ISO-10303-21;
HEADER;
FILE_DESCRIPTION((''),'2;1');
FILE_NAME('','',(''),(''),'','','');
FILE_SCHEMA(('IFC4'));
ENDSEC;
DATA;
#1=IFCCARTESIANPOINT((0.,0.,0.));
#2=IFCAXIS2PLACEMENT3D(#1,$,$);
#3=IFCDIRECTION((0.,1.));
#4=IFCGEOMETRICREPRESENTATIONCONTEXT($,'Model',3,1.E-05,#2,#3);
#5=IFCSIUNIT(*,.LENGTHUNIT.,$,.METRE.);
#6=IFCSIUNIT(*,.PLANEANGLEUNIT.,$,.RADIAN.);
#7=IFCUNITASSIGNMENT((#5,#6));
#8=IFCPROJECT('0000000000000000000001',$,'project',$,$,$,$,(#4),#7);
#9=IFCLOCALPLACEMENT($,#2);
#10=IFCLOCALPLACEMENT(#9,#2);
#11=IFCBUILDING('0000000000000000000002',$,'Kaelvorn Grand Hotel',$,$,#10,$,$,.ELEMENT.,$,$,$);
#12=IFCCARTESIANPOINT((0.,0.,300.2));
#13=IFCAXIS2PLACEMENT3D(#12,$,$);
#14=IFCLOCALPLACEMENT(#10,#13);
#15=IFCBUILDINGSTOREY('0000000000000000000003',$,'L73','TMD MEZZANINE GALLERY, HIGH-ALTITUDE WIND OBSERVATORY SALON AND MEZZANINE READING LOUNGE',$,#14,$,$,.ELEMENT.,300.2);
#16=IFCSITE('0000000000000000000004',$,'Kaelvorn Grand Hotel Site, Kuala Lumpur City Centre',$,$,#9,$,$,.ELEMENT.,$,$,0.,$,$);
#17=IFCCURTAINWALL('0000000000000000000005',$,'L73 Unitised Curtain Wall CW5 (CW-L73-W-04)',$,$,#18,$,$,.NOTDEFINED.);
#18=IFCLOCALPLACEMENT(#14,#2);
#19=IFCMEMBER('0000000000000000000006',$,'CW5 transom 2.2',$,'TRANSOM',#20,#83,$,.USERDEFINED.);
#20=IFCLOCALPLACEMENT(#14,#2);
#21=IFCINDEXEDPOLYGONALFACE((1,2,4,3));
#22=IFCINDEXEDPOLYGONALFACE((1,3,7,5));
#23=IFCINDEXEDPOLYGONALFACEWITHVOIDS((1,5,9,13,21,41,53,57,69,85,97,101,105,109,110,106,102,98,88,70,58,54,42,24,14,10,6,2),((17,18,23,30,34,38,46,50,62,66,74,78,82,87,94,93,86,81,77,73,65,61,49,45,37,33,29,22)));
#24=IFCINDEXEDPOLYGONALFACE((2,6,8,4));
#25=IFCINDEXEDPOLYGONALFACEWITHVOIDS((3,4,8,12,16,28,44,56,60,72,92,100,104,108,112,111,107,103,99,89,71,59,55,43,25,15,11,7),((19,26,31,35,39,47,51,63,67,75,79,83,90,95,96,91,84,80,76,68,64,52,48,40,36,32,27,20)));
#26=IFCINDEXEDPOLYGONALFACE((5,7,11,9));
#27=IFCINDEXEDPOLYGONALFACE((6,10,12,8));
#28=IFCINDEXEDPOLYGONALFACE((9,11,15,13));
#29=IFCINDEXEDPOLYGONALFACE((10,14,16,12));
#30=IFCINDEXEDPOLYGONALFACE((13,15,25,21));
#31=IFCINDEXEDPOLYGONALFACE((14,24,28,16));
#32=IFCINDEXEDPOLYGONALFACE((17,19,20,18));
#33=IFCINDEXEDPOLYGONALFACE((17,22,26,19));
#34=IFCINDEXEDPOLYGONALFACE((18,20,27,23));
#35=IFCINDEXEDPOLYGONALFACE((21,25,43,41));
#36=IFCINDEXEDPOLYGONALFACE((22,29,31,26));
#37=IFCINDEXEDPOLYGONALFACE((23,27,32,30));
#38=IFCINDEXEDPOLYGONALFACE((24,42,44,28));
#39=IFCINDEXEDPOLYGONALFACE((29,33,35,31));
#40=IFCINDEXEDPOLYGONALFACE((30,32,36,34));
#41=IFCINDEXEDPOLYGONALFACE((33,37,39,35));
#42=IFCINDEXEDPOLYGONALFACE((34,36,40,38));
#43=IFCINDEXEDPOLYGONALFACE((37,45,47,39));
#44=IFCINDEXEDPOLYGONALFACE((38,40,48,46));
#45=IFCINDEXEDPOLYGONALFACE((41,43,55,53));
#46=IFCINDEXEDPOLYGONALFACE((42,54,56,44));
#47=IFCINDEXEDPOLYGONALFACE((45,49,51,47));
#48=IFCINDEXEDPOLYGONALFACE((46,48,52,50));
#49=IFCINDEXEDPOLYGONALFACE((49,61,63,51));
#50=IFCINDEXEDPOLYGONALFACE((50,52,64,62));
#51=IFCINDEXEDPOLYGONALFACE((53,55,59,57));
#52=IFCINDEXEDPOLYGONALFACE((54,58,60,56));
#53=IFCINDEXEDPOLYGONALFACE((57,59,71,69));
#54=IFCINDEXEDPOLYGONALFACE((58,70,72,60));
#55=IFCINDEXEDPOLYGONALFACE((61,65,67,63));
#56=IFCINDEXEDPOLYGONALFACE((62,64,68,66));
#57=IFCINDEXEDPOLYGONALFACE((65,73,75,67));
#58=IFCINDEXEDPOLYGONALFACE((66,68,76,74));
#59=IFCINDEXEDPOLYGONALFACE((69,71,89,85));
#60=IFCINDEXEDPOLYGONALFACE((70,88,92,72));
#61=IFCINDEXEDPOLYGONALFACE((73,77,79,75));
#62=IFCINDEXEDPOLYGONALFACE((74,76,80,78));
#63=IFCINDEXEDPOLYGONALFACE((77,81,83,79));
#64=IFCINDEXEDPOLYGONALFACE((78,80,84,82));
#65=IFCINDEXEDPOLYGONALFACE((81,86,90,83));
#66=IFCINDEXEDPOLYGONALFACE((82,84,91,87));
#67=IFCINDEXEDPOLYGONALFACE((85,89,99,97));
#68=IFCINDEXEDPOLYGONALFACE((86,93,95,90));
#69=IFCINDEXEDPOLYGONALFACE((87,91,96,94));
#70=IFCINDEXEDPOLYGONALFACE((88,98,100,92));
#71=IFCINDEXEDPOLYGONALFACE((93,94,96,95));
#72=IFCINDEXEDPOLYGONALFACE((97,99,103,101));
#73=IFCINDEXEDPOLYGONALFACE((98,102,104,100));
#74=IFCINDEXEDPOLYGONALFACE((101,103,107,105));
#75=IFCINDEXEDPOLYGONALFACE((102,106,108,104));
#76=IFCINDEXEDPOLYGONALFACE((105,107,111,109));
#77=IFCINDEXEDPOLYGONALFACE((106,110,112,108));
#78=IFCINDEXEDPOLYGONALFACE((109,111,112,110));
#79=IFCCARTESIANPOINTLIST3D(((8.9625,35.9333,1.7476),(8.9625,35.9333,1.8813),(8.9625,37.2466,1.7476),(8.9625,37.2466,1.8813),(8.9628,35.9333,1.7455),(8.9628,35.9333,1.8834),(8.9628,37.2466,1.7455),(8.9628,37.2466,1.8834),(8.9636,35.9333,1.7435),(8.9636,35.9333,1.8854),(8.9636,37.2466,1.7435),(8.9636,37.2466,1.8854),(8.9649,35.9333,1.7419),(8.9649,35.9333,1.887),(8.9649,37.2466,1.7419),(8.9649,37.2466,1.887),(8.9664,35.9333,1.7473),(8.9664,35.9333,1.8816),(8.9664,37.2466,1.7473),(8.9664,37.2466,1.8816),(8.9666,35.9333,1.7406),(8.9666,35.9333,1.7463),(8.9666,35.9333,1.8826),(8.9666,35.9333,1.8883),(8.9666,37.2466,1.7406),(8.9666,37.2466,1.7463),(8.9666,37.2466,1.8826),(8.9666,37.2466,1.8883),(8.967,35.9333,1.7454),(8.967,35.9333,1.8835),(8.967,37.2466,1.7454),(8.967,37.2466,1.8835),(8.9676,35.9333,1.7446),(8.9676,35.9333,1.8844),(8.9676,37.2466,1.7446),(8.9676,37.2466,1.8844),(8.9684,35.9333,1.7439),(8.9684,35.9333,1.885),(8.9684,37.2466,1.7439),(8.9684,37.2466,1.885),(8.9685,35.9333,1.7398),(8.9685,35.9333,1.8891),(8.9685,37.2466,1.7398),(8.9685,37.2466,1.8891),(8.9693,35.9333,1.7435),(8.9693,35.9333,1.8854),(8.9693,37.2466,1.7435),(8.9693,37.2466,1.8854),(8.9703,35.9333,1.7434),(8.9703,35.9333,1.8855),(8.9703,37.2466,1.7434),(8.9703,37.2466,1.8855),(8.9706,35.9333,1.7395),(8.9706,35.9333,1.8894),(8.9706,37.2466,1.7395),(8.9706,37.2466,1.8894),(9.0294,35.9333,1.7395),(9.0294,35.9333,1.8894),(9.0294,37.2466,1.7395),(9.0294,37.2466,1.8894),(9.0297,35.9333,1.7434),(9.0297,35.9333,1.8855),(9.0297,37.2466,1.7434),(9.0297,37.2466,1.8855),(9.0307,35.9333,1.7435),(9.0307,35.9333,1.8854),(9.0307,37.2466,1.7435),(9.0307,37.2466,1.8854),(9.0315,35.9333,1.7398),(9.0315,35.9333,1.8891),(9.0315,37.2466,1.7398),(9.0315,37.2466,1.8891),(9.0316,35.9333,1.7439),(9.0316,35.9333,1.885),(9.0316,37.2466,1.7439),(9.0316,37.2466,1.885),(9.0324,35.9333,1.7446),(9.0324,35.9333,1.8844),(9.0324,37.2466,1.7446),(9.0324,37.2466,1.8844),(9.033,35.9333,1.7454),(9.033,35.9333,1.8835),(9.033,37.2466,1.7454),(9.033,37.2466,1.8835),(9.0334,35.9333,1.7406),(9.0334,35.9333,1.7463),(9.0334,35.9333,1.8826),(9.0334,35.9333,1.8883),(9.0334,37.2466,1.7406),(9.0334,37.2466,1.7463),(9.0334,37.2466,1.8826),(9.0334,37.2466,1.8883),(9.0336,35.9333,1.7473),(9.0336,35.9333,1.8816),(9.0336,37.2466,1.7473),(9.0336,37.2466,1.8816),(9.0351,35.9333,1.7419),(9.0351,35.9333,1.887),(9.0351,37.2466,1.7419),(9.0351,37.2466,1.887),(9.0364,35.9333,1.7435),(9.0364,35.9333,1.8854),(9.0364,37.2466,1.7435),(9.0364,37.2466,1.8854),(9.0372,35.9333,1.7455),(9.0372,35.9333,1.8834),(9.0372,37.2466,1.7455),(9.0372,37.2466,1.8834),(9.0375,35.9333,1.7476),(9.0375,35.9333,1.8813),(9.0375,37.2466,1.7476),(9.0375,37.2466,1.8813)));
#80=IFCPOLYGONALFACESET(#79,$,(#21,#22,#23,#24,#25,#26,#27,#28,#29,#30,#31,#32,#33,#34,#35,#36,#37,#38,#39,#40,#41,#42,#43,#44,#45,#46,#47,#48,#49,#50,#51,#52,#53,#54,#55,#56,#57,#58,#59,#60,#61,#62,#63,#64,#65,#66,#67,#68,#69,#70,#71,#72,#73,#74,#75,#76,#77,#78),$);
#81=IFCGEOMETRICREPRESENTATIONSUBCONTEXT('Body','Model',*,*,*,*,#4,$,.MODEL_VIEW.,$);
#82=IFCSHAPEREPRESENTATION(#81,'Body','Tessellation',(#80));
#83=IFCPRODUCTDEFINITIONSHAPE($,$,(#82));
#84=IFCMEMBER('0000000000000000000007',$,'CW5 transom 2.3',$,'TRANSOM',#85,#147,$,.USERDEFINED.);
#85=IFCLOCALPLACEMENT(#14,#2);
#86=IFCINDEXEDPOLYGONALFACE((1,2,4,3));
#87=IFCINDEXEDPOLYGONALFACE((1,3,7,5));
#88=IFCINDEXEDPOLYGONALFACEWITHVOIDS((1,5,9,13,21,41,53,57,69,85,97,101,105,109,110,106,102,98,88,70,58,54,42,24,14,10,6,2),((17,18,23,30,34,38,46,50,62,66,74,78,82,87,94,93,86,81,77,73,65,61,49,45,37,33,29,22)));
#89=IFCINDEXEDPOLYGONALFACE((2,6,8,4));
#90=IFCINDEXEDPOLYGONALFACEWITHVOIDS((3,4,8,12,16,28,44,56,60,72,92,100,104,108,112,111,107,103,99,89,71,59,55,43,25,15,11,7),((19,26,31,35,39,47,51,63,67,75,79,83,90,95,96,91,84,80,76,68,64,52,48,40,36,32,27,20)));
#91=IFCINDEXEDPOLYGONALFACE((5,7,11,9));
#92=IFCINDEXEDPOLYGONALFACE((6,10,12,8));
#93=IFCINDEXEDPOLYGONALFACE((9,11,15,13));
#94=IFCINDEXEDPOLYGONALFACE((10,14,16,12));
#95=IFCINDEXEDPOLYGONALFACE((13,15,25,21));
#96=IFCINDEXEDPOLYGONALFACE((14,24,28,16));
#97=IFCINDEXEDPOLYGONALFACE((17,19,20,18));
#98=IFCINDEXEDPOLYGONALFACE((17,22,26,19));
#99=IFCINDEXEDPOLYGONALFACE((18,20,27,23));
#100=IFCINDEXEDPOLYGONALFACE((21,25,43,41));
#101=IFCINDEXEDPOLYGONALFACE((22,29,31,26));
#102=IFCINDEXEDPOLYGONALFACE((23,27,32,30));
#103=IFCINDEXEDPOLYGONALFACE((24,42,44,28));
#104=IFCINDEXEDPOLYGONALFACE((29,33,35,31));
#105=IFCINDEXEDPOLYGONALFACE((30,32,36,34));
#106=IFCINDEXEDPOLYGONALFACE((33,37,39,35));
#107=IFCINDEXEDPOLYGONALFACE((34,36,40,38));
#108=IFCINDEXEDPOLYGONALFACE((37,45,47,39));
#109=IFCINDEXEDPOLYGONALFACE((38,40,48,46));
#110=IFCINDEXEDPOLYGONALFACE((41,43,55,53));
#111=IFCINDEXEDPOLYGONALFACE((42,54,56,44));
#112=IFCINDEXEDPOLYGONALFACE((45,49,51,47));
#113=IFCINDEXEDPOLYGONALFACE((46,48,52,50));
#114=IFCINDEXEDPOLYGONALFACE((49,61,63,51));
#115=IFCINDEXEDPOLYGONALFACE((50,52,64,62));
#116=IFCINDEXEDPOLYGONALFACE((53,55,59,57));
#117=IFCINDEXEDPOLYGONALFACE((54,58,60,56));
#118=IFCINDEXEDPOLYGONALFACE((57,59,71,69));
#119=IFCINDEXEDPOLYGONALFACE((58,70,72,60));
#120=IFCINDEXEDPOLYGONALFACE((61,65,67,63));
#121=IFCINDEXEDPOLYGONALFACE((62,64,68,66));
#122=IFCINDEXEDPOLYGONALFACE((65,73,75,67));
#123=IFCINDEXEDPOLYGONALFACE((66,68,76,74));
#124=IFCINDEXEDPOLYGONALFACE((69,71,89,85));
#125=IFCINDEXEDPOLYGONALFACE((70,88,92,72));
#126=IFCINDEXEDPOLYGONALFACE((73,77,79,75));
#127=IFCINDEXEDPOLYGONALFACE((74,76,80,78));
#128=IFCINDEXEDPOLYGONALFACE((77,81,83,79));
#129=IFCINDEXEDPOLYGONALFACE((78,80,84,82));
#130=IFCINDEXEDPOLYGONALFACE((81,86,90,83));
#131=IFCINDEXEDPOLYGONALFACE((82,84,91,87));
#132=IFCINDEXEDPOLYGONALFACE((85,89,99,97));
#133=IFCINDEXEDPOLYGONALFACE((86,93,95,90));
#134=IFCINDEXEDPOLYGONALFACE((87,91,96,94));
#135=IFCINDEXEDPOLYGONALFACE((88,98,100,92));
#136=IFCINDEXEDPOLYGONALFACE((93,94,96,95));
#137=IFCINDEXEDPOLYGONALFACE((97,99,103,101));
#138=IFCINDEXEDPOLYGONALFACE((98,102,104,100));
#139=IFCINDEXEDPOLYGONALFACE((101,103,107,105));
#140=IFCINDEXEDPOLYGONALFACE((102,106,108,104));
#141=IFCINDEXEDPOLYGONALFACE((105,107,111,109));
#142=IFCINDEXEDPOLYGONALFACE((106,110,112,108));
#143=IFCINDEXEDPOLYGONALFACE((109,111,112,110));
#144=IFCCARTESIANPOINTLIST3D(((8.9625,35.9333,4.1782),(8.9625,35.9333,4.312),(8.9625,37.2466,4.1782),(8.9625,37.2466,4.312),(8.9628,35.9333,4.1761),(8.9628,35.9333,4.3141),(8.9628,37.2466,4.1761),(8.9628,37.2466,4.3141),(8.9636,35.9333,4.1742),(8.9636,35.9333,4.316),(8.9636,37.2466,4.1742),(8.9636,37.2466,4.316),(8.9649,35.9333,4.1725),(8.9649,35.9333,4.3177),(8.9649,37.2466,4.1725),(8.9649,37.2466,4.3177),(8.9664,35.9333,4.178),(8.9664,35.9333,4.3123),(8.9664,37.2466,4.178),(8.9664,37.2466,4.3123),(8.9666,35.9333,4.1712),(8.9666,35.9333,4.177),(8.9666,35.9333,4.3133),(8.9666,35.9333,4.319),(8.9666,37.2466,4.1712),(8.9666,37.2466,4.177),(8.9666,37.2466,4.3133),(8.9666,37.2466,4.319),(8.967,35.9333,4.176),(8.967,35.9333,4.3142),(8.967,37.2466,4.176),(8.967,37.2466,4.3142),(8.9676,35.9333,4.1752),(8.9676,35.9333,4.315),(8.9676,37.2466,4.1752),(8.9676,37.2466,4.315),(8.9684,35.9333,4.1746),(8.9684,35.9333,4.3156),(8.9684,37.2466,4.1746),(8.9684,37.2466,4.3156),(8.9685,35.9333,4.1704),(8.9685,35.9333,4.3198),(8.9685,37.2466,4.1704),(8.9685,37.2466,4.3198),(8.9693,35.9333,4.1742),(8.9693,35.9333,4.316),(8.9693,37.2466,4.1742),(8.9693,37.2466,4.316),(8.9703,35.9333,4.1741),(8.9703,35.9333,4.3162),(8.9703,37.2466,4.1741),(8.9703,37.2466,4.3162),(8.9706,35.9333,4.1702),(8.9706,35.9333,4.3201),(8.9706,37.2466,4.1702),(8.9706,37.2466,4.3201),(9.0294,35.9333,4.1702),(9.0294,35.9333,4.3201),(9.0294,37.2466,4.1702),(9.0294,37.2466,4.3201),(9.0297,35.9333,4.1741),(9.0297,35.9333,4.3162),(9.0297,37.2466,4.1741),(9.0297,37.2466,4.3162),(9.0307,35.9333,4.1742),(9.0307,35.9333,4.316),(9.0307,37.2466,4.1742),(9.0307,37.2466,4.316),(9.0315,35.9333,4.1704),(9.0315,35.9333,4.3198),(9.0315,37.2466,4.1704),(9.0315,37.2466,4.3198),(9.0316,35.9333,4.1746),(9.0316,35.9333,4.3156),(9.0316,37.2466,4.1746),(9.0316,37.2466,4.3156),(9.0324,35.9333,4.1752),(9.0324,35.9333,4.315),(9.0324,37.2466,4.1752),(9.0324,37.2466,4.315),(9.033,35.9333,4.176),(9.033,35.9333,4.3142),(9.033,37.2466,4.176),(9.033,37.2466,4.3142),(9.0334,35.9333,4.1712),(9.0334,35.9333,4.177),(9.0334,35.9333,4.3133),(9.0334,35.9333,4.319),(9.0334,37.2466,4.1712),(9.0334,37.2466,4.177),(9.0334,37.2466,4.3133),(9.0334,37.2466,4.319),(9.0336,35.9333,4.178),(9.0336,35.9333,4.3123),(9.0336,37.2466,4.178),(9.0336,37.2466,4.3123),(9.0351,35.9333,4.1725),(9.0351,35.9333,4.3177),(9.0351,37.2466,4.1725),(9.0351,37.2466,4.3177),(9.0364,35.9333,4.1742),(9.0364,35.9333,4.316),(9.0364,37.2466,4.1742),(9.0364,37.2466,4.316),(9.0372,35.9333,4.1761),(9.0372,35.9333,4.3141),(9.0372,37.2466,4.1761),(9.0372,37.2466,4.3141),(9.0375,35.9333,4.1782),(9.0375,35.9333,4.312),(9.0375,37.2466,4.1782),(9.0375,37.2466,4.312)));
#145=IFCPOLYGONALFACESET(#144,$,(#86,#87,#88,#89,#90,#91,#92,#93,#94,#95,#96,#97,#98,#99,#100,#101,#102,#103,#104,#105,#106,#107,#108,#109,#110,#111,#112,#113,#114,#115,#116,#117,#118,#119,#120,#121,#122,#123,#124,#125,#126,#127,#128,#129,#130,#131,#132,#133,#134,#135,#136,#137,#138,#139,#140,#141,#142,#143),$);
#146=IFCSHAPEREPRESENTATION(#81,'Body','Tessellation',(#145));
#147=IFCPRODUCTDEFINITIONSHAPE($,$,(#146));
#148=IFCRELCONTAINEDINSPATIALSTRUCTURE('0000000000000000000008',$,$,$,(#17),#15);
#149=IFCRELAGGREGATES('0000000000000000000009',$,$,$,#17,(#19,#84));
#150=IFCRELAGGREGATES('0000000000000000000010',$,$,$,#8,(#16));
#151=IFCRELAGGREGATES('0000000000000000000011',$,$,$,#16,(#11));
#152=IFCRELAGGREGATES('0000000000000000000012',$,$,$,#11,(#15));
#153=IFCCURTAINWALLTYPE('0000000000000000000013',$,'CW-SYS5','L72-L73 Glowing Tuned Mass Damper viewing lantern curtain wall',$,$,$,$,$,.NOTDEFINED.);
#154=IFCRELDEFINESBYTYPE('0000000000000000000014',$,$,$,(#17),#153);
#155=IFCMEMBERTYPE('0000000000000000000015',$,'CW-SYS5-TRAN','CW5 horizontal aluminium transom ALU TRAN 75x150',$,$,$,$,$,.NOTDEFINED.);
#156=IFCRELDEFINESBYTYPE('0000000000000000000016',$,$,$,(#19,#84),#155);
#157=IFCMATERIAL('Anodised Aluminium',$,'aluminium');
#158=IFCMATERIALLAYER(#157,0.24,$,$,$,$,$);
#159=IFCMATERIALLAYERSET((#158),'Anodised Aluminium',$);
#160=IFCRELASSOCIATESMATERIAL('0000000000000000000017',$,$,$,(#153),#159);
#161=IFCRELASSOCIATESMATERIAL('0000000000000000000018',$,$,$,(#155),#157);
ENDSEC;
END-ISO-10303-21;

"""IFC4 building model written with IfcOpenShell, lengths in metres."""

from ifc_helpers import new_model, si_unit, direction, frame, origin, origin_2d, place, context, subcontext, project, spatial, hollow_rectangle, extrude, material, layer, layer_set, material_profile, profile_set, type_object, element, aggregate, save


model = new_model("IFC4")

# Units and contexts
model_context = context("Model", 3, precision=1e-05, world=origin(), true_north=direction((0.0, 1.0)))
body_context = subcontext(model_context, "Body", "Model", "MODEL_VIEW")
ifc_project = project(units=[si_unit("LENGTHUNIT", "METRE"), si_unit("PLANEANGLEUNIT", "RADIAN")], contexts=[model_context])

# Site, building, storey
site_placement = place(None, origin())
site = spatial("IfcSite", under=ifc_project, at=site_placement, Name="Kaelvorn Grand Hotel Site, Kuala Lumpur City Centre", CompositionType="ELEMENT", RefElevation=0.0)
building_placement = place(site_placement, origin())
building = spatial("IfcBuilding", under=site, at=building_placement, Name="Kaelvorn Grand Hotel", CompositionType="ELEMENT")
storey_placement = place(building_placement, frame((0.0, 0.0, 300.2)))
storey = spatial("IfcBuildingStorey", under=building, at=storey_placement, Name="L73", Description="TMD MEZZANINE GALLERY, HIGH-ALTITUDE WIND OBSERVATORY SALON AND MEZZANINE READING LOUNGE", CompositionType="ELEMENT", Elevation=300.2)

# Shared definitions
ifc_material_1 = material(Name="Anodised Aluminium", Category="aluminium")
ifc_layer_1 = layer(ifc_material_1, 0.24)
ifc_layer_set_1 = layer_set([ifc_layer_1], Name="Anodised Aluminium")
curtain_wall_type = type_object("IfcCurtainWallType", Name="CW-SYS5", Description="L72-L73 Glowing Tuned Mass Damper viewing lantern curtain wall", PredefinedType="NOTDEFINED", material=ifc_layer_set_1)

# Curtain wall
curtain_wall_1_placement = place(storey_placement, origin())
curtain_wall_1 = element("IfcCurtainWall", 1, at=curtain_wall_1_placement, inside=storey, type_object=curtain_wall_type, Name="L73 Unitised Curtain Wall CW5 (CW-L73-W-04)", PredefinedType="NOTDEFINED")

# Members
ifc_material_profile_1 = material_profile(ifc_material_1, hollow_rectangle(XDim=0.075, YDim=0.1499, WallThickness=0.0039, InnerFilletRadius=0.0039, OuterFilletRadius=0.0081, at=origin_2d()), Name="ALU TRAN 75x150")
ifc_profile_set_1 = profile_set([ifc_material_profile_1], Name="Anodised Aluminium")
member_type_1 = type_object("IfcMemberType", Name="CW-SYS5-TRAN", Description="CW5 horizontal aluminium transom ALU TRAN 75x150", PredefinedType="NOTDEFINED", material=ifc_profile_set_1)
member_1_placement = place(storey_placement, frame((9.0, 37.2466, 1.8145), z_axis=(0.0, -1.0, 0.0), x_axis=(1.0, 0.0, 0.0)))
member_1 = element("IfcMember", 2, at=member_1_placement, type_object=member_type_1, Name="CW5 transom 2.2", ObjectType="TRANSOM", PredefinedType="USERDEFINED", context=body_context, shape_type="SweptSolid", body=[
    extrude(hollow_rectangle(XDim=0.075, YDim=0.1499, WallThickness=0.0039, InnerFilletRadius=0.0039, OuterFilletRadius=0.0081, at=origin_2d()), origin(), (0.0, 0.0, 1.0), 1.3132),
])
member_2_placement = place(storey_placement, frame((9.0, 37.2466, 4.2451), z_axis=(0.0, -1.0, 0.0), x_axis=(1.0, 0.0, 0.0)))
member_2 = element("IfcMember", 3, at=member_2_placement, type_object=member_type_1, Name="CW5 transom 2.3", ObjectType="TRANSOM", PredefinedType="USERDEFINED", context=body_context, shape_type="SweptSolid", body=[
    extrude(hollow_rectangle(XDim=0.075, YDim=0.1499, WallThickness=0.0039, InnerFilletRadius=0.0039, OuterFilletRadius=0.0081, at=origin_2d()), origin(), (0.0, 0.0, 1.0), 1.3132),
])

aggregate(curtain_wall_1, [member_1, member_2])

save(model, "model.ifc")
